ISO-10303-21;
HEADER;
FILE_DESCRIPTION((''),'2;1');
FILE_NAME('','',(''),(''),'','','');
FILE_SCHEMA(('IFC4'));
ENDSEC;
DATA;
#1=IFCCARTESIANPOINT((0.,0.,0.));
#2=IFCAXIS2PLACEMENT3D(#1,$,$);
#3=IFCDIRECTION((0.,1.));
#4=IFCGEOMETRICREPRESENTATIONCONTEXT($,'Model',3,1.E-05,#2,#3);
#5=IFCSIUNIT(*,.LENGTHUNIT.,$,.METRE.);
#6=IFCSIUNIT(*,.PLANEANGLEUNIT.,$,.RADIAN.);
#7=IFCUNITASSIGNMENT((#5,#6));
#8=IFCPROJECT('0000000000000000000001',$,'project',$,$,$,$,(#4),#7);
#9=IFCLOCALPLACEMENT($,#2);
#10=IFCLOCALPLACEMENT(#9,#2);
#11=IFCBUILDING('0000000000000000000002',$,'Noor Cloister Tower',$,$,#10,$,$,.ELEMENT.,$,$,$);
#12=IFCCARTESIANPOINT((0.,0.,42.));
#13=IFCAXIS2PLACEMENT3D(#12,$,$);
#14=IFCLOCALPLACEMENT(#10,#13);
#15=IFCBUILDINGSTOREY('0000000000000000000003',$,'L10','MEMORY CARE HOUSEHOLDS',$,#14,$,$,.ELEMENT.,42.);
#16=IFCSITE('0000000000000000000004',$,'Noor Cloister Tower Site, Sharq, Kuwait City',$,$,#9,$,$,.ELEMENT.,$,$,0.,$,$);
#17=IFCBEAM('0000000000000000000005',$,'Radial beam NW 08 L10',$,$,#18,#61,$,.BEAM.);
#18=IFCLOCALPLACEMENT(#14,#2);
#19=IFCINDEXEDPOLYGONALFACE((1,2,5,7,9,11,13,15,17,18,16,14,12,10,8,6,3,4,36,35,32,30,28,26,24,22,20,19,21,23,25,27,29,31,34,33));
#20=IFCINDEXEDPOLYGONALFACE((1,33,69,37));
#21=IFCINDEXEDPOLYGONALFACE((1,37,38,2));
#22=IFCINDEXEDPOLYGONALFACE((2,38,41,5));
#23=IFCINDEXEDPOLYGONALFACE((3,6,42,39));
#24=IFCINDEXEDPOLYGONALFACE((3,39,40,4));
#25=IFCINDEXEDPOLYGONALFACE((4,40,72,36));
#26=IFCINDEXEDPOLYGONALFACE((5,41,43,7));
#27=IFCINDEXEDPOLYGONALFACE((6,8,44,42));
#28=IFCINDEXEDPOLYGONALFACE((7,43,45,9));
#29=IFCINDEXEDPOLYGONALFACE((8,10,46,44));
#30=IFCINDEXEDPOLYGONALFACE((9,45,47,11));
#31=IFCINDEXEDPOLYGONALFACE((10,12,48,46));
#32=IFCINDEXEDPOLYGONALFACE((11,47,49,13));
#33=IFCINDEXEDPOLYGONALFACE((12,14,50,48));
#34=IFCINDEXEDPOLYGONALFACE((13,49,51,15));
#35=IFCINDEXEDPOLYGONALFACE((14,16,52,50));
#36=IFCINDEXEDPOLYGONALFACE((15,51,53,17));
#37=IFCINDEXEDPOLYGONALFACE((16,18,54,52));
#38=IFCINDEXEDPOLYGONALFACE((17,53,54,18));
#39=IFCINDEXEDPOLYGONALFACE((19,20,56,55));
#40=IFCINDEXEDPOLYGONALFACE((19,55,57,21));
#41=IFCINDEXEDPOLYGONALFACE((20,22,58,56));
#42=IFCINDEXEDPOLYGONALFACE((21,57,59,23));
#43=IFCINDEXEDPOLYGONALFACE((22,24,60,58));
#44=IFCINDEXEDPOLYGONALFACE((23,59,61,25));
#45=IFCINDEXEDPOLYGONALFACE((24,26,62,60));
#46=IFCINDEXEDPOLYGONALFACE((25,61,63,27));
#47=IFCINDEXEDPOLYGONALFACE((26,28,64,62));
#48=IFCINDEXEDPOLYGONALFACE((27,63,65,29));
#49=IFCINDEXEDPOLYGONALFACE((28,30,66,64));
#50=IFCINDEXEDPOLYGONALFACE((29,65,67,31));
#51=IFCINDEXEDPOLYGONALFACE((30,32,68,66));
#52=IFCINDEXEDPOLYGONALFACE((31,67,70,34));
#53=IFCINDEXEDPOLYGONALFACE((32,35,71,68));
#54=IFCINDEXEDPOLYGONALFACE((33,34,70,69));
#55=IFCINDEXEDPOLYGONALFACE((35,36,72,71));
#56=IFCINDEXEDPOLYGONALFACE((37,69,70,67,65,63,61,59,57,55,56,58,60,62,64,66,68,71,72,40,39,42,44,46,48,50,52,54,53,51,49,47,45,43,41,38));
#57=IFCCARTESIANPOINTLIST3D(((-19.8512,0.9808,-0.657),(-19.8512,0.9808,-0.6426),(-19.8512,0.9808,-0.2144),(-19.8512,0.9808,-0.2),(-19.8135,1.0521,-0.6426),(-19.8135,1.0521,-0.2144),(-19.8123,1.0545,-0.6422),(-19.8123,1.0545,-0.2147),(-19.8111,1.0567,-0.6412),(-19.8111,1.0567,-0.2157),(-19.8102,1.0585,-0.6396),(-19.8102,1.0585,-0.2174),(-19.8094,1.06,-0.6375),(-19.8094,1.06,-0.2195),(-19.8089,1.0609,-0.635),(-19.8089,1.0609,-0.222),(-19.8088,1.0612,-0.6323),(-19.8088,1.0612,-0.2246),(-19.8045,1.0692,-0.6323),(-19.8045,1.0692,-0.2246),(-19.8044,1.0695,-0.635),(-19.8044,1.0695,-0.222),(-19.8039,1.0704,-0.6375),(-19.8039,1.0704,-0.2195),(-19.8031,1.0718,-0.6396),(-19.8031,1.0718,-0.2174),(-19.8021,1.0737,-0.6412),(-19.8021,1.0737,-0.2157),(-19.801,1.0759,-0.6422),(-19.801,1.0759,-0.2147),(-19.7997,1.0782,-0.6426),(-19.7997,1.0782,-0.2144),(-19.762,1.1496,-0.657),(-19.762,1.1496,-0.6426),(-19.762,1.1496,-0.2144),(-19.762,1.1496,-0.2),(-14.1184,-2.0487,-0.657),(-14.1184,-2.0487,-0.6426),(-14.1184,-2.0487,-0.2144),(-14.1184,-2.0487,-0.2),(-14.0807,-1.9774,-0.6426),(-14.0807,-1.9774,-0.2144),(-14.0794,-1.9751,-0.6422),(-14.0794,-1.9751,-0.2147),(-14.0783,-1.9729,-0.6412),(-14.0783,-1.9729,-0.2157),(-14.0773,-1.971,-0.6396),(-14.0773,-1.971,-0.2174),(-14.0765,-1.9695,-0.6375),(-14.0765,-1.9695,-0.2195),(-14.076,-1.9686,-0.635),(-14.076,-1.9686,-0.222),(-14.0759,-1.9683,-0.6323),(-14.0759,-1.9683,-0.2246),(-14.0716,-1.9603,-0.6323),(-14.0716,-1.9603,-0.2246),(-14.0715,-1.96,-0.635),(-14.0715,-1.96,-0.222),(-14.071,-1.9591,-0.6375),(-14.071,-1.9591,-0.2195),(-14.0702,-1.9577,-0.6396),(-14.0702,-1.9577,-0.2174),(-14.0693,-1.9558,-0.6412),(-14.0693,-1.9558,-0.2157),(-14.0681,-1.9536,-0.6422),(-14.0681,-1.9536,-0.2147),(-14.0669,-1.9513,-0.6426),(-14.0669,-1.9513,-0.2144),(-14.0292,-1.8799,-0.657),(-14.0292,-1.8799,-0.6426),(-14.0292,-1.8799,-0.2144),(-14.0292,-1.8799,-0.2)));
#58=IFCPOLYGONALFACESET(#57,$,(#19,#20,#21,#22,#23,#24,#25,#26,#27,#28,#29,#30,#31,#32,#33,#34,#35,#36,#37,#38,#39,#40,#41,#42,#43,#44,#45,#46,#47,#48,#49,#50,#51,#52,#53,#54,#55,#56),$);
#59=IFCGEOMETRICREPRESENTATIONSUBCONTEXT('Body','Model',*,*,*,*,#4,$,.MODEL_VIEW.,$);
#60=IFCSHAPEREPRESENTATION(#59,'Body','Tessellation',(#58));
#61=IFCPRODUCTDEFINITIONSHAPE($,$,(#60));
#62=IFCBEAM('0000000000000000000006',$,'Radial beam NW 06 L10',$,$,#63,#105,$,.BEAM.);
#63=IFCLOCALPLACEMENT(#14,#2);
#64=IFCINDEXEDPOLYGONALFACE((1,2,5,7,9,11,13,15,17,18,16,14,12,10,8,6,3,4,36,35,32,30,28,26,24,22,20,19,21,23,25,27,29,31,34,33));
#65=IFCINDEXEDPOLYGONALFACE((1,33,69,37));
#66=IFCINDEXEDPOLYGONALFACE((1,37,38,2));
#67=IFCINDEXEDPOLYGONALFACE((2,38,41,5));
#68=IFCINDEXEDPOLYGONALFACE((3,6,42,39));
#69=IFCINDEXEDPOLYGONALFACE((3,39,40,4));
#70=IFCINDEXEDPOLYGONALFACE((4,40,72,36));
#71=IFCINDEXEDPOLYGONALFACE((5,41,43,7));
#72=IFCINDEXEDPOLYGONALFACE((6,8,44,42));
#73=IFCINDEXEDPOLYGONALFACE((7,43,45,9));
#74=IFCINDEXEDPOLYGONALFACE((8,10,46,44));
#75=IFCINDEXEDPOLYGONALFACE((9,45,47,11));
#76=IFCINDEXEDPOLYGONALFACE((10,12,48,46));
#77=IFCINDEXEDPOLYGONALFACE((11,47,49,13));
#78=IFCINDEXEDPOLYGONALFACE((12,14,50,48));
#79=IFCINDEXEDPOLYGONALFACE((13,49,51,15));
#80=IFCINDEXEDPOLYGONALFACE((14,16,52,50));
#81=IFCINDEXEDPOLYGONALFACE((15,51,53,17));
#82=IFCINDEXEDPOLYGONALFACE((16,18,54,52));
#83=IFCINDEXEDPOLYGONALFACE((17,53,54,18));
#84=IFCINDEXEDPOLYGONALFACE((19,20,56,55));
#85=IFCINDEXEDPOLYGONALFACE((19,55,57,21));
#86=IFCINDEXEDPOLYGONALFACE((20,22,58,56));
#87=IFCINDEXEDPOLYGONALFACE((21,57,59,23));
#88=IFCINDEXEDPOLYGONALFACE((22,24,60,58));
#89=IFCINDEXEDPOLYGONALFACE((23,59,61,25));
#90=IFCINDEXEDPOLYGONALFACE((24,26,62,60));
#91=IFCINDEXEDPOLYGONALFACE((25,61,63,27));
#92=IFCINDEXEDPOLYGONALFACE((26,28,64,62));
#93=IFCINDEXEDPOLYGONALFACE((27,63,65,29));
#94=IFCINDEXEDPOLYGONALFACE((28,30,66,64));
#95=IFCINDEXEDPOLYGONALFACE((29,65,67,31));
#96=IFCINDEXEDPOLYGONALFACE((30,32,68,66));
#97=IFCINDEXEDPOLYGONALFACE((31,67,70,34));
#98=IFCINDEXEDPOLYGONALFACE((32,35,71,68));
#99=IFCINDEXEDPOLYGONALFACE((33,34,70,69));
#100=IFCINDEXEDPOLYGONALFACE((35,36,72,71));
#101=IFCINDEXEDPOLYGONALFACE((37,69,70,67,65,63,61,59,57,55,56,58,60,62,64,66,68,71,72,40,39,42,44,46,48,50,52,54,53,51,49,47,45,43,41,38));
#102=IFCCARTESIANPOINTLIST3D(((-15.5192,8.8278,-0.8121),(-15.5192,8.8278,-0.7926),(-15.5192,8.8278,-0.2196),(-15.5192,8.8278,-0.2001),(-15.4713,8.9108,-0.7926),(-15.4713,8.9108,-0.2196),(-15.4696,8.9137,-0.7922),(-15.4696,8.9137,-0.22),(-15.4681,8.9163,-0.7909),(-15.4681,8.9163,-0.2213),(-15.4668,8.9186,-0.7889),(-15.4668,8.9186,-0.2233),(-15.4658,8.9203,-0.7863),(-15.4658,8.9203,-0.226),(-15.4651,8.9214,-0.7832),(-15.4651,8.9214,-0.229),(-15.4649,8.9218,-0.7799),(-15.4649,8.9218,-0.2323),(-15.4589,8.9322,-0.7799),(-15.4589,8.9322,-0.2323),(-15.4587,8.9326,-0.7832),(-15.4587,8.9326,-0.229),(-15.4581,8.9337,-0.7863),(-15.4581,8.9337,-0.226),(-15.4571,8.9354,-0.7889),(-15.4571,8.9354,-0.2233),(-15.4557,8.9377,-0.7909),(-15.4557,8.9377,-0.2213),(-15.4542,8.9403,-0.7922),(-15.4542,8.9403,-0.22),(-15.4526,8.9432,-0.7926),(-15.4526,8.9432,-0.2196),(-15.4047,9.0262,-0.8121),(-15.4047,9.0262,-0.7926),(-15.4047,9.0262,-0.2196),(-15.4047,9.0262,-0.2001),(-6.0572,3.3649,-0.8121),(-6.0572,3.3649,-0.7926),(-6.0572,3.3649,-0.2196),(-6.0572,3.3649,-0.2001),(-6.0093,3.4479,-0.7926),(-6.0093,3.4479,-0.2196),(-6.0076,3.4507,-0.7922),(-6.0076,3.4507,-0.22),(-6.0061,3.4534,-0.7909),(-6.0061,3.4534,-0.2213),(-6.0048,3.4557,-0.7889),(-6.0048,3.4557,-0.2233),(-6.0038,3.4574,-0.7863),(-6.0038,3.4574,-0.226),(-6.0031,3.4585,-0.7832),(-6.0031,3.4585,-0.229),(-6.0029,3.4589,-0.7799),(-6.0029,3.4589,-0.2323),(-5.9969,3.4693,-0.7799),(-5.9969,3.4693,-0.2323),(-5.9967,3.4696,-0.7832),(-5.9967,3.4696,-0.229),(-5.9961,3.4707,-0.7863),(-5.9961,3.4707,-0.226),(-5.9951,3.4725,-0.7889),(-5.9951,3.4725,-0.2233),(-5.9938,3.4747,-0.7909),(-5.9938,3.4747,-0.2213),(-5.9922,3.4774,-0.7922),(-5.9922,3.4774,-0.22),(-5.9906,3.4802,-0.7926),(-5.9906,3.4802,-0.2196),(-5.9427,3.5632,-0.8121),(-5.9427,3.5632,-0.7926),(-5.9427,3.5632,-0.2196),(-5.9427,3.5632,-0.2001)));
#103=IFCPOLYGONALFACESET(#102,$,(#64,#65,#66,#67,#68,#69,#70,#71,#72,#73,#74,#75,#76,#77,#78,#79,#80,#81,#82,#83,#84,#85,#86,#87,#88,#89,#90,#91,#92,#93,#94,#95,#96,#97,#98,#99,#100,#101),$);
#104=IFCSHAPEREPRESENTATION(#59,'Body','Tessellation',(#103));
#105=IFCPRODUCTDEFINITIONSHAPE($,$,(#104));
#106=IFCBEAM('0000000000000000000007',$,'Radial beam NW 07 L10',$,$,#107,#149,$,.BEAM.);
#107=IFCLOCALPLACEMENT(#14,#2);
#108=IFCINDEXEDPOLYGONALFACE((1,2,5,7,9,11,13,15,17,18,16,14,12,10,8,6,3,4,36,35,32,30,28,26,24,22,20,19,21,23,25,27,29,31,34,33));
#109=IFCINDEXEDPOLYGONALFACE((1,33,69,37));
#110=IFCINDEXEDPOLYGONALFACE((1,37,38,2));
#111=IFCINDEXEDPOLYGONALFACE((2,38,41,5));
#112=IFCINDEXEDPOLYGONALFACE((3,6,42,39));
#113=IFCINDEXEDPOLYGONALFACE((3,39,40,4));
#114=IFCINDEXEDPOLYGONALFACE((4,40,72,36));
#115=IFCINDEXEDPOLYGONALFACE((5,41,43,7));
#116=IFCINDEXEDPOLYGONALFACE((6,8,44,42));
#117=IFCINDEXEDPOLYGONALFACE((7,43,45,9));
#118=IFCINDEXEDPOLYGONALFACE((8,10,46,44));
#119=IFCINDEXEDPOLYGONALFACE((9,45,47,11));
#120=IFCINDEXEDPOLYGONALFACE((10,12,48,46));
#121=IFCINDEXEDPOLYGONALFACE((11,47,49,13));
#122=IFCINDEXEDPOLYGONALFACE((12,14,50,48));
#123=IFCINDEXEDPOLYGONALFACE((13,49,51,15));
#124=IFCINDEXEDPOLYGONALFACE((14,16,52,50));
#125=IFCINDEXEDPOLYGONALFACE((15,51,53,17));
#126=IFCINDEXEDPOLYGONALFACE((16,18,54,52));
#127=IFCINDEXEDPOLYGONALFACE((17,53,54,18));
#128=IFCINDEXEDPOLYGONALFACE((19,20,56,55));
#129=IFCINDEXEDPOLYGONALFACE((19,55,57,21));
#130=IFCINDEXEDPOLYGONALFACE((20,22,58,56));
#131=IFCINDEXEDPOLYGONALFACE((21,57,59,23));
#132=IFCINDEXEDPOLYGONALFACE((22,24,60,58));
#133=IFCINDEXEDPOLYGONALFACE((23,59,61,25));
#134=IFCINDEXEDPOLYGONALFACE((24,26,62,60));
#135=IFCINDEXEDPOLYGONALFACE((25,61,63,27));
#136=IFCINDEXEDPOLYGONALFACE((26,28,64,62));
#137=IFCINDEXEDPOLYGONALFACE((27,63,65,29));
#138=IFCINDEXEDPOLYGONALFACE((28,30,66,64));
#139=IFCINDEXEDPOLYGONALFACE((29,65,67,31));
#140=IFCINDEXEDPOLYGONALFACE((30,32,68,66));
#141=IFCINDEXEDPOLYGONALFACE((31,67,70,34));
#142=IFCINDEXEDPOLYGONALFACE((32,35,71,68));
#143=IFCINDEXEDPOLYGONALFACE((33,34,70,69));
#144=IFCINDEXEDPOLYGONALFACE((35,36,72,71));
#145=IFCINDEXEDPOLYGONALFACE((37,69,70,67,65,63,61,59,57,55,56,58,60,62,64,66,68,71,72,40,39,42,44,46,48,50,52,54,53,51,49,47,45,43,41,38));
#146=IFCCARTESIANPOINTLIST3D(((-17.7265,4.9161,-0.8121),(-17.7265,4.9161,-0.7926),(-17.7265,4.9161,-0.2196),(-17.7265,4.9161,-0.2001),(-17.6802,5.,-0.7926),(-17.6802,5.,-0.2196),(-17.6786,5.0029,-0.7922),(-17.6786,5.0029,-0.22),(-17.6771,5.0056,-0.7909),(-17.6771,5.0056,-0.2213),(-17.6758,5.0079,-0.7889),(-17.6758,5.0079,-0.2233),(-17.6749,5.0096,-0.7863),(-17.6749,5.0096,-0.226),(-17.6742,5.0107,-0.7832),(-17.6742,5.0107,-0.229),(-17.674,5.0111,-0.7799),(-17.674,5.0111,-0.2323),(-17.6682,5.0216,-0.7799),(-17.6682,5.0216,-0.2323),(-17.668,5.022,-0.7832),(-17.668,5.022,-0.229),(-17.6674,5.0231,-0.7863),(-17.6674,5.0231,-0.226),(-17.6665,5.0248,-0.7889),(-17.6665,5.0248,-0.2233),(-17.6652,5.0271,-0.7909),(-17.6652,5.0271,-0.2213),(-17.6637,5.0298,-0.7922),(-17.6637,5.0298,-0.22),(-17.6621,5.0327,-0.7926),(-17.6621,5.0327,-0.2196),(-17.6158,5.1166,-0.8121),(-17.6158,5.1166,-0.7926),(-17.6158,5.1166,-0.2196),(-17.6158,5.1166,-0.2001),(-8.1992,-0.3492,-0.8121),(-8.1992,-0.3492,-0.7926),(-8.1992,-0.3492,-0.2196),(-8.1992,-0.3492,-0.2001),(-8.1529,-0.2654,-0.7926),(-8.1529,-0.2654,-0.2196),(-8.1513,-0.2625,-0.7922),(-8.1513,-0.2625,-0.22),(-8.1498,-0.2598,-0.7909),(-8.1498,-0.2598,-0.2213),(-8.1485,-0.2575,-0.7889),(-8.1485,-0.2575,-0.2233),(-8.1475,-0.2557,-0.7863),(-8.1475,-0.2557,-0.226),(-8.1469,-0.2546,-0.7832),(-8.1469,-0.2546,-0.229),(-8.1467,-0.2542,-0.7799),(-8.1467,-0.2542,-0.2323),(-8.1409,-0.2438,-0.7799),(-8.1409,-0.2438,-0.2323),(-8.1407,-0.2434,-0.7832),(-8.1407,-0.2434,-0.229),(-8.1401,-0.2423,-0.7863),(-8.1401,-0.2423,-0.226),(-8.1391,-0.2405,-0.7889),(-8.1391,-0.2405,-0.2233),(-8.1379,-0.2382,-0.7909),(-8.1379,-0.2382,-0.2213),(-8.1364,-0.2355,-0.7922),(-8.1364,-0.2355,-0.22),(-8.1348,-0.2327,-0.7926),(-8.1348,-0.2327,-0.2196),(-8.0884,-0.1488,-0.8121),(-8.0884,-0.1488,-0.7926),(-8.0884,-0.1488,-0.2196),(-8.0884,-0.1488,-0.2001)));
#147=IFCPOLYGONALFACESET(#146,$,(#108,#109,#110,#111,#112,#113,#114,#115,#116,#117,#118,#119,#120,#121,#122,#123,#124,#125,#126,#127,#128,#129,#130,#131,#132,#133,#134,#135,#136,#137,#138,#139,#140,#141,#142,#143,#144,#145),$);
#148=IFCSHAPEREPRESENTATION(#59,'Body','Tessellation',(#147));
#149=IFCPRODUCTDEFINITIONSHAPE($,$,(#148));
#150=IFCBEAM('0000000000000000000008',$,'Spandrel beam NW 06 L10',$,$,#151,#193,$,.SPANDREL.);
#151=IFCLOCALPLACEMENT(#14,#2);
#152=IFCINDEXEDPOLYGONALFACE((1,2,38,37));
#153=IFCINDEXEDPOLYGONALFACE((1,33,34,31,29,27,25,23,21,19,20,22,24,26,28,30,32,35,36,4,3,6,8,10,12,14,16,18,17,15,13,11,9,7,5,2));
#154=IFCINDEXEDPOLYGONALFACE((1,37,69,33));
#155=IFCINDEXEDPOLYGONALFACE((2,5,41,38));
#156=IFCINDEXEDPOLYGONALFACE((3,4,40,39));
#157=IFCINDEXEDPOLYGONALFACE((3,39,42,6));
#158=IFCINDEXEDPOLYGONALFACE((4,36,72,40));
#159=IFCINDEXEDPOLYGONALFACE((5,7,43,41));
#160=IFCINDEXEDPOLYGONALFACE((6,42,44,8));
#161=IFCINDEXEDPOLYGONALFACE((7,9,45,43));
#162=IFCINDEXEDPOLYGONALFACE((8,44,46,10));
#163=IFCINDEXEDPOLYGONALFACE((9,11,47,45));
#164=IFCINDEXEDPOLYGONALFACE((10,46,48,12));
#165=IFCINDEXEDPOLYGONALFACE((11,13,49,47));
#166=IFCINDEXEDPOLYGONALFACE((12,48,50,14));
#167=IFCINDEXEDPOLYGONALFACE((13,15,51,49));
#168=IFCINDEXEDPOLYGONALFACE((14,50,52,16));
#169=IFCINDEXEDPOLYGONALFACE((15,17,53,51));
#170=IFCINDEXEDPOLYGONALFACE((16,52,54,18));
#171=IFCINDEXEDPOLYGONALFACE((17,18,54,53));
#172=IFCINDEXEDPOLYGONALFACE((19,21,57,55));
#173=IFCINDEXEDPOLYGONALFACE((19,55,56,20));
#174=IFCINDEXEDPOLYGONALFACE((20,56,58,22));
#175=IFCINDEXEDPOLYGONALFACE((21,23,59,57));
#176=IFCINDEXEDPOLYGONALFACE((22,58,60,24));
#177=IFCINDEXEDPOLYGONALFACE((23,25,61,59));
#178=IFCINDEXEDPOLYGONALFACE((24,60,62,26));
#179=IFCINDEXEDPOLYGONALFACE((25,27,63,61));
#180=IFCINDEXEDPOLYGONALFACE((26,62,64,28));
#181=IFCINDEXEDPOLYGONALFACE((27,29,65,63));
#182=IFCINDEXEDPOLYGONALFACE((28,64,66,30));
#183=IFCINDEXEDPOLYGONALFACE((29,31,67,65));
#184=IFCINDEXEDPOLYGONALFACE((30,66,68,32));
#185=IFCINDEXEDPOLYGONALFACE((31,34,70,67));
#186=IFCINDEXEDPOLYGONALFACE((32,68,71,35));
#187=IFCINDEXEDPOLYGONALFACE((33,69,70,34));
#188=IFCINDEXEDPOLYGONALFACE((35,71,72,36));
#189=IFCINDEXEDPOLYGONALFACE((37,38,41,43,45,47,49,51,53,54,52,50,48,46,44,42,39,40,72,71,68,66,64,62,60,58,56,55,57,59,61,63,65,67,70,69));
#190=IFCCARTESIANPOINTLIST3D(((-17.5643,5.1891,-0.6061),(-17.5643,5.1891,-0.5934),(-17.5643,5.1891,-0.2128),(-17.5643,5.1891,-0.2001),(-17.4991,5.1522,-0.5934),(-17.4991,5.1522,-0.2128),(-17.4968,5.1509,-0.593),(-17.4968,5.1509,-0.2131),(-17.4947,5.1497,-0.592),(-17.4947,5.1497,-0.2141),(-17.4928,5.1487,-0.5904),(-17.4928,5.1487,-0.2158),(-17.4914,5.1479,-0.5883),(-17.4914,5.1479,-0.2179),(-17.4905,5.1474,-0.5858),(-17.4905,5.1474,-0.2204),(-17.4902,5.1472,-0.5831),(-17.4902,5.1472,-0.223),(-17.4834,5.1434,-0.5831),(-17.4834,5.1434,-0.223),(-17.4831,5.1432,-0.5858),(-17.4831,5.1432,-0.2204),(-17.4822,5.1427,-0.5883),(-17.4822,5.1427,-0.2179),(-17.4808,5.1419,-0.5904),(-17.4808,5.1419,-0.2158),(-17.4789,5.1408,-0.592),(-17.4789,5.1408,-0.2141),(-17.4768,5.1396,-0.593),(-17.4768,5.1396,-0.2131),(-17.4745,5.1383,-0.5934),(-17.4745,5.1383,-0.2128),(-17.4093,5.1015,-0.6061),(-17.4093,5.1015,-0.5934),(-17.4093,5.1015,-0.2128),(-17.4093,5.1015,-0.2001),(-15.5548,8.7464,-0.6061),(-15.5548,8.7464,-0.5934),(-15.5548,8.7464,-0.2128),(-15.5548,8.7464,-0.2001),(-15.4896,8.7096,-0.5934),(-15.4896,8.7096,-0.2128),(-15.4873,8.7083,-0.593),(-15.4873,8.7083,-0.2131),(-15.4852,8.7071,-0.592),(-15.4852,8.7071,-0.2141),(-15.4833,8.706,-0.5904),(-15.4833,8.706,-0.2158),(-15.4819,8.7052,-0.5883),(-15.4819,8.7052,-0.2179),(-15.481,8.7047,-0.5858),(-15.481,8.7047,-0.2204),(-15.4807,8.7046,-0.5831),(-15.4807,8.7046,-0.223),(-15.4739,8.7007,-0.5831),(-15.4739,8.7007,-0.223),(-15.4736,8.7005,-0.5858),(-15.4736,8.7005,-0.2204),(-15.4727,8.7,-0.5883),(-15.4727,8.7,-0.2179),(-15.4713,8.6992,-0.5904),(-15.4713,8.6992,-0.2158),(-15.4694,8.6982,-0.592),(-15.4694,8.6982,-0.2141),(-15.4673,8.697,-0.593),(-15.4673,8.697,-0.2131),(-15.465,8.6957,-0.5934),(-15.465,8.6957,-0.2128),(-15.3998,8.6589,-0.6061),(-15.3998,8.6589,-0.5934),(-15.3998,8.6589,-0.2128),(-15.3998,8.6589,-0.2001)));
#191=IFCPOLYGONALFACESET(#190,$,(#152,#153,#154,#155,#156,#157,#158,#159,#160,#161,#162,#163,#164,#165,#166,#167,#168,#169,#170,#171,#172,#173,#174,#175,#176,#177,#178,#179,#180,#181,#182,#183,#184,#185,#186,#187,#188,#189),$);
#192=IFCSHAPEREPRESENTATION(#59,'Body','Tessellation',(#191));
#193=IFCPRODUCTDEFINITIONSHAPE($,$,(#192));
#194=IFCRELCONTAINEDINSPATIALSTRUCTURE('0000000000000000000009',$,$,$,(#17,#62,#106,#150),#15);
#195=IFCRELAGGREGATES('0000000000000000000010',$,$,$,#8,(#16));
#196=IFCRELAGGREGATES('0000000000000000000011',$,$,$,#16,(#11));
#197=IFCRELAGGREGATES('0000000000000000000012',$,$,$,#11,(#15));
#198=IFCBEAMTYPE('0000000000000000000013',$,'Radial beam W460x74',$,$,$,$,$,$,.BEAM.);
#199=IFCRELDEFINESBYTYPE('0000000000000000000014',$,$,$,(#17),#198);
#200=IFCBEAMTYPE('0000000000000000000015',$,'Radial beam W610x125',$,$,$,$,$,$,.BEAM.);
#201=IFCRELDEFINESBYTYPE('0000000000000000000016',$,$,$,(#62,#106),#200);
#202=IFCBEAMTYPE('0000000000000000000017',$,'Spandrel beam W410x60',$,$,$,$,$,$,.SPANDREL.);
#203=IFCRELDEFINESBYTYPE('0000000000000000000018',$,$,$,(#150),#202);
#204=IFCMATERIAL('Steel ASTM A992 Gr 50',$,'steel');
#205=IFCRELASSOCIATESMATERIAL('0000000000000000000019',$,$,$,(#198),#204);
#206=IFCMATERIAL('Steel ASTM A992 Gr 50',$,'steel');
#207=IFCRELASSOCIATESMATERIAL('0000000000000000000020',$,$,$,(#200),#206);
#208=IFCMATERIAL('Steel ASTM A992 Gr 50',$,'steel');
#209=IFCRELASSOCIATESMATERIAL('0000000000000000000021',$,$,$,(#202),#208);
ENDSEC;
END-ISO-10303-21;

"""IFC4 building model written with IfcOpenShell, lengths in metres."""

from ifc_helpers import new_model, si_unit, direction, frame, origin, origin_2d, place, context, subcontext, project, spatial, i_section, extrude, material, material_profile, profile_set, type_object, element, save


model = new_model("IFC4")

# Units and contexts
model_context = context("Model", 3, precision=1e-05, world=origin(), true_north=direction((0.0, 1.0)))
body_context = subcontext(model_context, "Body", "Model", "MODEL_VIEW")
ifc_project = project(units=[si_unit("LENGTHUNIT", "METRE"), si_unit("PLANEANGLEUNIT", "RADIAN")], contexts=[model_context])

# Site, building, storey
site_placement = place(None, origin())
site = spatial("IfcSite", under=ifc_project, at=site_placement, Name="Noor Cloister Tower Site, Sharq, Kuwait City", CompositionType="ELEMENT", RefElevation=0.0)
building_placement = place(site_placement, origin())
building = spatial("IfcBuilding", under=site, at=building_placement, Name="Noor Cloister Tower", CompositionType="ELEMENT")
storey_placement = place(building_placement, frame((0.0, 0.0, 42.0)))
storey = spatial("IfcBuildingStorey", under=building, at=storey_placement, Name="L10", Description="MEMORY CARE HOUSEHOLDS", CompositionType="ELEMENT", Elevation=42.0)

# Beams
ifc_material_1 = material(Name="Steel ASTM A992 Gr 50", Category="steel")
ifc_material_profile_1 = material_profile(ifc_material_1, i_section(OverallWidth=0.1909, OverallDepth=0.457, WebThickness=0.009, FlangeThickness=0.0144, FilletRadius=0.0103, at=origin_2d()), Name="W460x74")
ifc_profile_set_1 = profile_set([ifc_material_profile_1], Name="Steel ASTM A992 Gr 50")
beam_type_1 = type_object("IfcBeamType", Name="Radial beam W460x74", PredefinedType="BEAM", material=ifc_profile_set_1)
beam_1_placement = place(storey_placement, frame((-19.8066, 1.0652, -0.4285), z_axis=(0.88414, -0.467222, 0.0), x_axis=(0.467222, 0.88414, 0.0)))
element("IfcBeam", 1, at=beam_1_placement, inside=storey, type_object=beam_type_1, Name="Radial beam NW 08 L10", PredefinedType="BEAM", context=body_context, shape_type="SweptSolid", body=[
    extrude(i_section(OverallWidth=0.1909, OverallDepth=0.457, WebThickness=0.009, FlangeThickness=0.0144, FilletRadius=0.0103, at=origin_2d()), origin(), (0.0, 0.0, 1.0), 6.4841),
])
ifc_material_2 = material(Name="Steel ASTM A992 Gr 50", Category="steel")
ifc_material_profile_2 = material_profile(ifc_material_2, i_section(OverallWidth=0.229, OverallDepth=0.6121, WebThickness=0.012, FlangeThickness=0.0195, FilletRadius=0.0127, at=origin_2d()), Name="W610x125")
ifc_profile_set_2 = profile_set([ifc_material_profile_2], Name="Steel ASTM A992 Gr 50")
beam_type_2 = type_object("IfcBeamType", Name="Radial beam W610x125", PredefinedType="BEAM", material=ifc_profile_set_2)
beam_2_placement = place(storey_placement, frame((-15.4619, 8.927, -0.5061), z_axis=(0.866023, -0.500004, 0.0), x_axis=(0.500004, 0.866023, 0.0)))
element("IfcBeam", 2, at=beam_2_placement, inside=storey, type_object=beam_type_2, Name="Radial beam NW 06 L10", PredefinedType="BEAM", context=body_context, shape_type="SweptSolid", body=[
    extrude(i_section(OverallWidth=0.229, OverallDepth=0.6121, WebThickness=0.012, FlangeThickness=0.0195, FilletRadius=0.0127, at=origin_2d()), origin(), (0.0, 0.0, 1.0), 10.9258),
])
beam_3_placement = place(storey_placement, frame((-17.6711, 5.0164, -0.5061), z_axis=(0.875231, -0.483705, 0.0), x_axis=(0.483705, 0.875231, 0.0)))
element("IfcBeam", 3, at=beam_3_placement, inside=storey, type_object=beam_type_2, Name="Radial beam NW 07 L10", PredefinedType="BEAM", context=body_context, shape_type="SweptSolid", body=[
    extrude(i_section(OverallWidth=0.229, OverallDepth=0.6121, WebThickness=0.012, FlangeThickness=0.0195, FilletRadius=0.0127, at=origin_2d()), origin(), (0.0, 0.0, 1.0), 10.8855),
])
ifc_material_3 = material(Name="Steel ASTM A992 Gr 50", Category="steel")
ifc_material_profile_3 = material_profile(ifc_material_3, i_section(OverallWidth=0.178, OverallDepth=0.406, WebThickness=0.0078, FlangeThickness=0.0127, FilletRadius=0.0103, at=origin_2d()), Name="W410x60")
ifc_profile_set_3 = profile_set([ifc_material_profile_3], Name="Steel ASTM A992 Gr 50")
beam_type_3 = type_object("IfcBeamType", Name="Spandrel beam W410x60", PredefinedType="SPANDREL", material=ifc_profile_set_3)
for number, where, z_axis, x_axis, name in (
    (4, (-15.4773, 8.7026, -0.4031), (-0.491841, -0.870685, 0.0), (0.870685, -0.491841, 0.0), "Spandrel beam NW 06 L10"),
):
    element("IfcBeam", number, at=place(storey_placement, frame(where, z_axis=z_axis, x_axis=x_axis)), inside=storey, type_object=beam_type_3, Name=name, PredefinedType="SPANDREL", context=body_context, shape_type="SweptSolid", body=[
        extrude(i_section(OverallWidth=0.178, OverallDepth=0.406, WebThickness=0.0078, FlangeThickness=0.0127, FilletRadius=0.0103, at=origin_2d()), origin(), (0.0, 0.0, 1.0), 4.0857),
    ])

save(model, "model.ifc")
